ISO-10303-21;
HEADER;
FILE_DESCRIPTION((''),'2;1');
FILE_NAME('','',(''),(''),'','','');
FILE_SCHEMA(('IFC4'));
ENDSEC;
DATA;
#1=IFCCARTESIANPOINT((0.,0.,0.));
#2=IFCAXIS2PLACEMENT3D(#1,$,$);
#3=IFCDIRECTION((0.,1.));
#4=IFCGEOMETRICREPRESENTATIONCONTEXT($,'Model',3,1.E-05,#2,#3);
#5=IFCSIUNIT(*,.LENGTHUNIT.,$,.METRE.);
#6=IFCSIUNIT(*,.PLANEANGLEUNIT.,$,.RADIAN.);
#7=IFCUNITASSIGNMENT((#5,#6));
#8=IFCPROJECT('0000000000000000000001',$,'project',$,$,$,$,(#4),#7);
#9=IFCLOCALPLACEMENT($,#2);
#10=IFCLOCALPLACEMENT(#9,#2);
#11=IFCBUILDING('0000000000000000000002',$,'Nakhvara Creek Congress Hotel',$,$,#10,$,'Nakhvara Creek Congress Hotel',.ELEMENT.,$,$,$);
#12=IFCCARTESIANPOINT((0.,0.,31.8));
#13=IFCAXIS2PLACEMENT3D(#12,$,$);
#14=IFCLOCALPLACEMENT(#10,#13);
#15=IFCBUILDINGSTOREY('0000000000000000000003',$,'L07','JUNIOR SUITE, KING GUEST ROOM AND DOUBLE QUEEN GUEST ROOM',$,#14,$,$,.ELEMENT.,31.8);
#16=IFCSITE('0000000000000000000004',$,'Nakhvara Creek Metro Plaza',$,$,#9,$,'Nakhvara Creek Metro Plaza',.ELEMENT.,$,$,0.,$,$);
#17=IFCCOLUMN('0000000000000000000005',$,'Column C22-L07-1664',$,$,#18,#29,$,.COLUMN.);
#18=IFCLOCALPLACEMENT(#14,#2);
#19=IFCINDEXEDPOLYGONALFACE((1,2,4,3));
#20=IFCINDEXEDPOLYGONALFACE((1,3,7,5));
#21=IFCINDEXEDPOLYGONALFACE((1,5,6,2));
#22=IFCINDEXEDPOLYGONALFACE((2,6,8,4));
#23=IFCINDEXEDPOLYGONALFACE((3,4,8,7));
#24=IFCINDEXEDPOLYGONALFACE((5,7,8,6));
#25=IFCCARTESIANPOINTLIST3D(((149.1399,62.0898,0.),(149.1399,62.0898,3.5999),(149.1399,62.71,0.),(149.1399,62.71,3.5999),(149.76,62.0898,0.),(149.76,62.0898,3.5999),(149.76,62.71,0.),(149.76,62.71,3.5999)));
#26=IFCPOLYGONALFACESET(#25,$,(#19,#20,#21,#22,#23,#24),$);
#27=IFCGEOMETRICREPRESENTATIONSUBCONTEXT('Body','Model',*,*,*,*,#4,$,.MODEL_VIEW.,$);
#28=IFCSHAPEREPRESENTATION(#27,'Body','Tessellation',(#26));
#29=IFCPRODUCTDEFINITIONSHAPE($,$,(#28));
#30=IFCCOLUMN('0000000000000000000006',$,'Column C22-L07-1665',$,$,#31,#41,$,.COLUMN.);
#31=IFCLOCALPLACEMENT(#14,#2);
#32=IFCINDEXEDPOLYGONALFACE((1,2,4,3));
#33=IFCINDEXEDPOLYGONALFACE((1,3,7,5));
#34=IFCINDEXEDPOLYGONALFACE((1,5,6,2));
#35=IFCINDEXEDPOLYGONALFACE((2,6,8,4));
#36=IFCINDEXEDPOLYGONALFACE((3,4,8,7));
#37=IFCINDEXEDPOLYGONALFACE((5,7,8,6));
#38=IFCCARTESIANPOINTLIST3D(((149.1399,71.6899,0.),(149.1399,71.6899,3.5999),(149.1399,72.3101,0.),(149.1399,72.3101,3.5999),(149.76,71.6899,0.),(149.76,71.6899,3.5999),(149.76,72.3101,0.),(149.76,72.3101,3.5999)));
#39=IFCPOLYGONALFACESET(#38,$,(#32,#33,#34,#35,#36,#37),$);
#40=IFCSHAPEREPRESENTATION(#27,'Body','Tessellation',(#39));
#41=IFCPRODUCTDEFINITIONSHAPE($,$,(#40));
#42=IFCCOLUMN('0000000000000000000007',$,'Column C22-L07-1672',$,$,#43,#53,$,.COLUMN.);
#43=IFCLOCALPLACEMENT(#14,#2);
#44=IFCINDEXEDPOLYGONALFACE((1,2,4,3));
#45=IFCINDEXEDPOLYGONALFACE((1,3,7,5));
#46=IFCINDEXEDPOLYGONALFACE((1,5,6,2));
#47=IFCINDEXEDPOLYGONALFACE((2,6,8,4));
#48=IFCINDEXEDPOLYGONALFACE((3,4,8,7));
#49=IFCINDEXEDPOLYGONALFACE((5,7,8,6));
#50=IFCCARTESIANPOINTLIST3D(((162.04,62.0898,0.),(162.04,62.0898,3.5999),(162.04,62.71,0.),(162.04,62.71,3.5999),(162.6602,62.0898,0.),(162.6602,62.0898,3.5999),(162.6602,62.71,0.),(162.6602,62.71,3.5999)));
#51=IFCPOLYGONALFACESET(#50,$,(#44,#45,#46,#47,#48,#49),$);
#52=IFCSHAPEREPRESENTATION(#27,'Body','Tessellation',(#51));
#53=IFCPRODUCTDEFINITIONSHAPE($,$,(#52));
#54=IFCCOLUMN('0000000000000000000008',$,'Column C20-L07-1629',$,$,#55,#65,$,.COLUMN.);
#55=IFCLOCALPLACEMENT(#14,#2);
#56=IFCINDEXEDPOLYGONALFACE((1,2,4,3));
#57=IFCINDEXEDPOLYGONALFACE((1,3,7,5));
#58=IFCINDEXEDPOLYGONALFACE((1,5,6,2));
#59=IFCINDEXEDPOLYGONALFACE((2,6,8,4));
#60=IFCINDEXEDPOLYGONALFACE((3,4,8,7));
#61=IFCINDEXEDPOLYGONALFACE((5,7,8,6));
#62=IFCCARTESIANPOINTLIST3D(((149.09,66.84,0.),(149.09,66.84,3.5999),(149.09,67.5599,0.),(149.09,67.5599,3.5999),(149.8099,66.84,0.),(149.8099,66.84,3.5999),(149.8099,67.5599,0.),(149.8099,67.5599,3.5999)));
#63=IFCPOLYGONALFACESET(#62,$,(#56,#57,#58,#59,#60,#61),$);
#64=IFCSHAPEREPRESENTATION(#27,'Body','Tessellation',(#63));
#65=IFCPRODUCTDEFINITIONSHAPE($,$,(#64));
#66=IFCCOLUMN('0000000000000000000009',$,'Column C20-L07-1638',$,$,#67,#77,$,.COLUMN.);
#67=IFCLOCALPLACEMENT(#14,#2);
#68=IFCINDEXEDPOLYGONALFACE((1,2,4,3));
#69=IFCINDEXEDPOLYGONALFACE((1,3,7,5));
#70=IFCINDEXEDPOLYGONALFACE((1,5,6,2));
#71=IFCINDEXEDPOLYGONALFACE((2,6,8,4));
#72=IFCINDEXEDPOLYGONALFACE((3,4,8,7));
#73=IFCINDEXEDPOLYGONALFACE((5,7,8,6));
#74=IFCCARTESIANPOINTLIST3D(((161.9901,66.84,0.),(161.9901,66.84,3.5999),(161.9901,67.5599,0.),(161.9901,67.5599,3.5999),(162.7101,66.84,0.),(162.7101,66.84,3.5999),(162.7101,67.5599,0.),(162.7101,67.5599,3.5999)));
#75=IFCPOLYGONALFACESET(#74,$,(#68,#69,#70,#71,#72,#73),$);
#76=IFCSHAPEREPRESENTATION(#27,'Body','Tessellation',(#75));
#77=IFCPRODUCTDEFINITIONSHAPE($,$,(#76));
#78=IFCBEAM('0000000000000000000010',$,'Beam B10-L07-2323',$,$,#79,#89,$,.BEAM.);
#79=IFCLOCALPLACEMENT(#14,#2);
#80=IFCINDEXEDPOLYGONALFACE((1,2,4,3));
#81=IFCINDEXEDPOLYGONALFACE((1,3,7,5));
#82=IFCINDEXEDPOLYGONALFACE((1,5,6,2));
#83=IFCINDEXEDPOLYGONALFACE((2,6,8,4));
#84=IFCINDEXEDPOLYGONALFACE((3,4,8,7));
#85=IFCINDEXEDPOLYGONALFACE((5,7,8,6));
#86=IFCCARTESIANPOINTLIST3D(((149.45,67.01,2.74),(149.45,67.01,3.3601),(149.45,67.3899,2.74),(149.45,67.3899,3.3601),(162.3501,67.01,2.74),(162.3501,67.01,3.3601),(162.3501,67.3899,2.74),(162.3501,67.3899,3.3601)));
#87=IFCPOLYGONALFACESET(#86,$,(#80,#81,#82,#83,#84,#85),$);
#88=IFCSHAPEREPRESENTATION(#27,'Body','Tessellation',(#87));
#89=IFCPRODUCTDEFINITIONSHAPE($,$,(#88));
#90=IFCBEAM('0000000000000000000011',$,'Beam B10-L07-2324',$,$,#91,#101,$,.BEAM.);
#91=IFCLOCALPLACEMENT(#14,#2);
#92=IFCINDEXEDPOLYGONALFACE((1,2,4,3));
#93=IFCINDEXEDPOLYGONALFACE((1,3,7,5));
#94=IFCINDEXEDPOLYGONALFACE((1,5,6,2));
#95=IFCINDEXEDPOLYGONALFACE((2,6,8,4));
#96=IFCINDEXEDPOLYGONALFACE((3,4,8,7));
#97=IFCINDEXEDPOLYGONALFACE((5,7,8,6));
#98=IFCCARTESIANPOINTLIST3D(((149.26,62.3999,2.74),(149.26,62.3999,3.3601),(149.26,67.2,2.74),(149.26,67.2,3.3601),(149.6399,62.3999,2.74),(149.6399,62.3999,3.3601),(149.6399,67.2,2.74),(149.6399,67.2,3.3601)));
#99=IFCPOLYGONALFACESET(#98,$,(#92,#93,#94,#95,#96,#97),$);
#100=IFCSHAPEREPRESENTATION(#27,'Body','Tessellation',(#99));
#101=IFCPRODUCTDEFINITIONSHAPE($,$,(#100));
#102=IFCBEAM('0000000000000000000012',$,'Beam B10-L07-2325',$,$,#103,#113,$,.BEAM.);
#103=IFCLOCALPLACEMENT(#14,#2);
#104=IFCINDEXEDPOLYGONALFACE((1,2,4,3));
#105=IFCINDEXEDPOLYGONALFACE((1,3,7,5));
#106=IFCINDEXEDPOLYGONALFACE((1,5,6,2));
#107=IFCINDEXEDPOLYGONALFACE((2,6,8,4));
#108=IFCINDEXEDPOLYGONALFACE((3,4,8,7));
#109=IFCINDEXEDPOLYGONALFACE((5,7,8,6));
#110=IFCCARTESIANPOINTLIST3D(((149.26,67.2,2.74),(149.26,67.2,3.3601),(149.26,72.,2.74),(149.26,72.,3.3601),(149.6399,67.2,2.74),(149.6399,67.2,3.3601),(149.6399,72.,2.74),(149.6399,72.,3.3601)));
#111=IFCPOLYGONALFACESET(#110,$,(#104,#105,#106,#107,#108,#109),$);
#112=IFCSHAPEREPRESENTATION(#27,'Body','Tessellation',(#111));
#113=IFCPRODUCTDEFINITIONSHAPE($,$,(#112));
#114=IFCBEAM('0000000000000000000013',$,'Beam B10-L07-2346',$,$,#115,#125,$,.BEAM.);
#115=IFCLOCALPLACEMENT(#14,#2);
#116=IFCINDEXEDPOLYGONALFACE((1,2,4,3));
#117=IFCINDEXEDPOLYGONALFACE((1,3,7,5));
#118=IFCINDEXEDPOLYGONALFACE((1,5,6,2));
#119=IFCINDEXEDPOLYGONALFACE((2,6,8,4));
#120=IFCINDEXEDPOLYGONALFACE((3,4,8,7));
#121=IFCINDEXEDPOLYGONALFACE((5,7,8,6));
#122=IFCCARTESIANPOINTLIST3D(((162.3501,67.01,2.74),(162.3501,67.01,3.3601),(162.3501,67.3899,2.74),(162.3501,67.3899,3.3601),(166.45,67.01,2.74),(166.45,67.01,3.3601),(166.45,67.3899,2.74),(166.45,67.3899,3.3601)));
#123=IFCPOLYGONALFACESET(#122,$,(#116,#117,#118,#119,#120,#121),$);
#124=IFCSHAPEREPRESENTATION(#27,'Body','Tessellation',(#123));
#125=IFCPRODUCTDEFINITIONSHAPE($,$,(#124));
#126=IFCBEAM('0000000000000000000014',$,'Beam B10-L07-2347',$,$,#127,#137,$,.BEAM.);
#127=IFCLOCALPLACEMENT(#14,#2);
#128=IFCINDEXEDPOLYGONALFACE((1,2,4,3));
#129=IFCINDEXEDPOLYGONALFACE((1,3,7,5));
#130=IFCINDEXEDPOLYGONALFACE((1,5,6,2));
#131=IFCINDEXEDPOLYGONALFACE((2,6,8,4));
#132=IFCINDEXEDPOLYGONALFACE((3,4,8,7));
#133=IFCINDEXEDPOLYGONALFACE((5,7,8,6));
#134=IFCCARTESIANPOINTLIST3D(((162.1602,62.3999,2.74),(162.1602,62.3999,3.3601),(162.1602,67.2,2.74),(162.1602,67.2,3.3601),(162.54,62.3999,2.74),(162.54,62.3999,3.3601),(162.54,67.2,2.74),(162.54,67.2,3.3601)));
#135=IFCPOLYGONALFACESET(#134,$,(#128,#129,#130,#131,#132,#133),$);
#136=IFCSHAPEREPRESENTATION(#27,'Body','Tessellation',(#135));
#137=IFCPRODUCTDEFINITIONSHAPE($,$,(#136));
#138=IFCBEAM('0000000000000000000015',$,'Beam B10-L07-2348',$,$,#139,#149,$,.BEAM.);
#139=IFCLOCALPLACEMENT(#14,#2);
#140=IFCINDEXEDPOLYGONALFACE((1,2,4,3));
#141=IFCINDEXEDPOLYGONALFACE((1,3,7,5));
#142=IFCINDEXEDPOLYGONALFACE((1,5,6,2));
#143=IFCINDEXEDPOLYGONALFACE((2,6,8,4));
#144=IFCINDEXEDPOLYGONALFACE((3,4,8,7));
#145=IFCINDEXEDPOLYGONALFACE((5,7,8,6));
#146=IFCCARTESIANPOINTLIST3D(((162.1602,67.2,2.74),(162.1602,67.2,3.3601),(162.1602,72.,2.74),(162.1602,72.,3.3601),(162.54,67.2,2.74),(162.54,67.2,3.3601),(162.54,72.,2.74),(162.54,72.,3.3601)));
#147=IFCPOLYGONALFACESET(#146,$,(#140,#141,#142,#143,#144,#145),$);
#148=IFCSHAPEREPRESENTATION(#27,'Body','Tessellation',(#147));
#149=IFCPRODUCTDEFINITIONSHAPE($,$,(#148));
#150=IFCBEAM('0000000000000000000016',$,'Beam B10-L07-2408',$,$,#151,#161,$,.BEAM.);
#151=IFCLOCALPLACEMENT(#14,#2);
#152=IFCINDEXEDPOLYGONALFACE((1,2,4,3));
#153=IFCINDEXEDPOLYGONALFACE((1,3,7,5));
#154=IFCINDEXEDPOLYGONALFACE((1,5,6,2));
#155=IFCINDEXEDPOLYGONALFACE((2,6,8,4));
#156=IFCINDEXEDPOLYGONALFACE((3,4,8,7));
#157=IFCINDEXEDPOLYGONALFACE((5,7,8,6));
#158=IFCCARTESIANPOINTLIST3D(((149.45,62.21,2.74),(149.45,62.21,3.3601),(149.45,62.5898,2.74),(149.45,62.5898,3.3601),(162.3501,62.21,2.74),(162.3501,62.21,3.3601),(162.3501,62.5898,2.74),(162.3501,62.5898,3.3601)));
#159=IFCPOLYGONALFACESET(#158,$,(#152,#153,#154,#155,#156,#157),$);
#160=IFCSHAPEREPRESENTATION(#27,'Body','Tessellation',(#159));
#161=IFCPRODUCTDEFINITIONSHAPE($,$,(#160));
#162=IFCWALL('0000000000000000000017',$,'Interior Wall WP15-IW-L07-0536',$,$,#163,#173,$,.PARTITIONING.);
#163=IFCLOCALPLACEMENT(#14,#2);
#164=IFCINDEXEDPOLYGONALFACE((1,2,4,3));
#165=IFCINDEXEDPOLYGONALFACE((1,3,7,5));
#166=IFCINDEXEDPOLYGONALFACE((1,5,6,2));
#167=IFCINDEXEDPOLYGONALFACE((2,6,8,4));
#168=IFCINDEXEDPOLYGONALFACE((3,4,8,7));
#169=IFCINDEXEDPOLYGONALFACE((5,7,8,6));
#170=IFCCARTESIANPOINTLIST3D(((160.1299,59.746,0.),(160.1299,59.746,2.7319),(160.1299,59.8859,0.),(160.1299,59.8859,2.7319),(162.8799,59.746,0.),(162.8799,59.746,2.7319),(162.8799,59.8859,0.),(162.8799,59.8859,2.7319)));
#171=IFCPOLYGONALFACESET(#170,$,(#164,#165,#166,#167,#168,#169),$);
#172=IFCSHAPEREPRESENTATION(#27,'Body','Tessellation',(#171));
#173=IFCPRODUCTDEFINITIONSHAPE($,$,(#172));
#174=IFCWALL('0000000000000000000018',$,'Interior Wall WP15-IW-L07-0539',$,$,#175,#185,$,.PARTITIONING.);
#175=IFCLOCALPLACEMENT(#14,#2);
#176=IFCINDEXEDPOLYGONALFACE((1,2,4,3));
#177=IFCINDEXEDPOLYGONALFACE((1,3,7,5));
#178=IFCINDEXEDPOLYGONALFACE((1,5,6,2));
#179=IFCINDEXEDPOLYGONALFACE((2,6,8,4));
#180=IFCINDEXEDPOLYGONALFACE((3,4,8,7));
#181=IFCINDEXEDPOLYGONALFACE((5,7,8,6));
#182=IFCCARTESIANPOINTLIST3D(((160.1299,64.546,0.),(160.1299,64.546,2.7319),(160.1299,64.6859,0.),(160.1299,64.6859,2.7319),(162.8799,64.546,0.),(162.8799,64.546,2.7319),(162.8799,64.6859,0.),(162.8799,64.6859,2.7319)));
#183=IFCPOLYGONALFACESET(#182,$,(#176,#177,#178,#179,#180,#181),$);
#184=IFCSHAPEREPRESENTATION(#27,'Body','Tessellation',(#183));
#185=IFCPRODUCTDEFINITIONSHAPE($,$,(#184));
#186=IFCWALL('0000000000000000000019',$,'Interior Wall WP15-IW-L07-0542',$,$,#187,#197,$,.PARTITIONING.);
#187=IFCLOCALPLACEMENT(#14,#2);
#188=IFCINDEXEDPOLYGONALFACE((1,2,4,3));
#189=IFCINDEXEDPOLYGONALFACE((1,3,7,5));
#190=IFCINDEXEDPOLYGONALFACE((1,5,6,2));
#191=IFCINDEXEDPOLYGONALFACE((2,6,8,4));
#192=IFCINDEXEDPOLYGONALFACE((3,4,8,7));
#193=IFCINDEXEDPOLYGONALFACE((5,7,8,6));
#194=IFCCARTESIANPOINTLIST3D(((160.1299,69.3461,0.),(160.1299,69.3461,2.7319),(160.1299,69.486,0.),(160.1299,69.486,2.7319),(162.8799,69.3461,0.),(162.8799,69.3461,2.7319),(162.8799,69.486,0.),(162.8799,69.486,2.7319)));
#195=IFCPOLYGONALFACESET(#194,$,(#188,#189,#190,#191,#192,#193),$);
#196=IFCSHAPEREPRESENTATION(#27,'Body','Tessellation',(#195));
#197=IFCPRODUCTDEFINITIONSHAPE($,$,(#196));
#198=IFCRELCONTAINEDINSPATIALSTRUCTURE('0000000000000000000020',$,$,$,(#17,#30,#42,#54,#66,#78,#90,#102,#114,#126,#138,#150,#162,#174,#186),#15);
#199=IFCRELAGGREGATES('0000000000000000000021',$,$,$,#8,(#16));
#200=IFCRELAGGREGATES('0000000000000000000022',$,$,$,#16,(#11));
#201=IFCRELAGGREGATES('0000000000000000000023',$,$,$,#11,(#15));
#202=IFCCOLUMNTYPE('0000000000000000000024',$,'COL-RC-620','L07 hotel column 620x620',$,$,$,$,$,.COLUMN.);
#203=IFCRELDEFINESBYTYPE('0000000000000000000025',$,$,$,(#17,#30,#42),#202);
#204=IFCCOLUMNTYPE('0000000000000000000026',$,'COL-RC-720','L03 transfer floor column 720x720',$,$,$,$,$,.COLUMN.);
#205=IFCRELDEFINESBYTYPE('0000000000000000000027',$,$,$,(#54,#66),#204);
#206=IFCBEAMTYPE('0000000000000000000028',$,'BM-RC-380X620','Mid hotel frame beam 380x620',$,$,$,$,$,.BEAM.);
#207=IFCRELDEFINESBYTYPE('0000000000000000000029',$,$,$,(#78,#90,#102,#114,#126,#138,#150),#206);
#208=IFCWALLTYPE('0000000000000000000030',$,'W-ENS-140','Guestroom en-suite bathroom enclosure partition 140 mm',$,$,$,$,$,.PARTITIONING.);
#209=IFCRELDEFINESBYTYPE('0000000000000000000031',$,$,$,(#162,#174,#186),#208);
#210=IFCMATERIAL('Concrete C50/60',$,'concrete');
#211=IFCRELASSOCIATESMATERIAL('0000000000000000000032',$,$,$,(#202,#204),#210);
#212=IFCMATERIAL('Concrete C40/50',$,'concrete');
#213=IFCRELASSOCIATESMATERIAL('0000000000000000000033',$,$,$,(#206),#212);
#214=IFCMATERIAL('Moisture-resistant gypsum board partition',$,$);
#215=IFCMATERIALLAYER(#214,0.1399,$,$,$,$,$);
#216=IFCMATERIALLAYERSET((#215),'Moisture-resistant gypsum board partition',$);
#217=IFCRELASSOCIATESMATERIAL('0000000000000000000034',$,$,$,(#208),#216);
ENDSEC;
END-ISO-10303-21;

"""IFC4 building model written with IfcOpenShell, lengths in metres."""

from ifc_helpers import new_model, si_unit, direction, frame, frame_2d, origin, origin_2d, place, context, subcontext, project, spatial, rectangle, extrude, material, layer, layer_set, material_profile, profile_set, type_object, element, save


model = new_model("IFC4")

# Units and contexts
model_context = context("Model", 3, precision=1e-05, world=origin(), true_north=direction((0.0, 1.0)))
body_context = subcontext(model_context, "Body", "Model", "MODEL_VIEW")
ifc_project = project(units=[si_unit("LENGTHUNIT", "METRE"), si_unit("PLANEANGLEUNIT", "RADIAN")], contexts=[model_context])

# Site, building, storey
site_placement = place(None, origin())
site = spatial("IfcSite", under=ifc_project, at=site_placement, Name="Nakhvara Creek Metro Plaza", LongName="Nakhvara Creek Metro Plaza", CompositionType="ELEMENT", RefElevation=0.0)
building_placement = place(site_placement, origin())
building = spatial("IfcBuilding", under=site, at=building_placement, Name="Nakhvara Creek Congress Hotel", LongName="Nakhvara Creek Congress Hotel", CompositionType="ELEMENT")
storey_placement = place(building_placement, frame((0.0, 0.0, 31.8)))
storey = spatial("IfcBuildingStorey", under=building, at=storey_placement, Name="L07", Description="JUNIOR SUITE, KING GUEST ROOM AND DOUBLE QUEEN GUEST ROOM", CompositionType="ELEMENT", Elevation=31.8)

# Columns
ifc_material_1 = material(Name="Concrete C50/60", Category="concrete")
ifc_material_profile_1 = material_profile(ifc_material_1, rectangle(XDim=0.6201, YDim=0.6201, at=origin_2d()), Name="RC-COL 620x620", Category="LoadBearing")
ifc_profile_set_1 = profile_set([ifc_material_profile_1], Name="Concrete C50/60")
column_type_1 = type_object("IfcColumnType", Name="COL-RC-620", Description="L07 hotel column 620x620", PredefinedType="COLUMN", material=ifc_profile_set_1)
for number, where, z_axis, x_axis, name in (
    (1, (149.45, 62.3999, 0.0), (0.0, 0.0, 1.0), (1.0, 0.0, 0.0), "Column C22-L07-1664"),
    (2, (149.45, 72.0, 0.0), (0.0, 0.0, 1.0), (1.0, 0.0, 0.0), "Column C22-L07-1665"),
    (3, (162.3501, 62.3999, 0.0), (0.0, 0.0, 1.0), (1.0, 0.0, 0.0), "Column C22-L07-1672"),
):
    element("IfcColumn", number, at=place(storey_placement, frame(where, z_axis=z_axis, x_axis=x_axis)), inside=storey, type_object=column_type_1, Name=name, PredefinedType="COLUMN", context=body_context, shape_type="SweptSolid", body=[
        extrude(rectangle(XDim=0.6201, YDim=0.6201, at=origin_2d()), origin(), (0.0, 0.0, 1.0), 3.5999),
    ])
ifc_material_profile_2 = material_profile(ifc_material_1, rectangle(XDim=0.72, YDim=0.72, at=origin_2d()), Name="RC-COL 720x720", Category="LoadBearing")
ifc_profile_set_2 = profile_set([ifc_material_profile_2], Name="Concrete C50/60")
column_type_2 = type_object("IfcColumnType", Name="COL-RC-720", Description="L03 transfer floor column 720x720", PredefinedType="COLUMN", material=ifc_profile_set_2)
for number, where, z_axis, x_axis, name in (
    (4, (149.45, 67.2, 0.0), (0.0, 0.0, 1.0), (1.0, 0.0, 0.0), "Column C20-L07-1629"),
    (5, (162.3501, 67.2, 0.0), (0.0, 0.0, 1.0), (1.0, 0.0, 0.0), "Column C20-L07-1638"),
):
    element("IfcColumn", number, at=place(storey_placement, frame(where, z_axis=z_axis, x_axis=x_axis)), inside=storey, type_object=column_type_2, Name=name, PredefinedType="COLUMN", context=body_context, shape_type="SweptSolid", body=[
        extrude(rectangle(XDim=0.72, YDim=0.72, at=origin_2d()), origin(), (0.0, 0.0, 1.0), 3.5999),
    ])

# Beams
ifc_material_2 = material(Name="Concrete C40/50", Category="concrete")
ifc_material_profile_3 = material_profile(ifc_material_2, rectangle(XDim=0.3799, YDim=0.6201, at=origin_2d()), Name="RC-BM 380x620", Category="LoadBearing")
ifc_profile_set_3 = profile_set([ifc_material_profile_3], Name="Concrete C40/50")
beam_type = type_object("IfcBeamType", Name="BM-RC-380X620", Description="Mid hotel frame beam 380x620", PredefinedType="BEAM", material=ifc_profile_set_3)
beam_1_placement = place(storey_placement, frame((149.45, 67.2, 3.05), z_axis=(1.0, 0.0, 0.0), x_axis=(0.0, 1.0, 0.0)))
element("IfcBeam", 6, at=beam_1_placement, inside=storey, type_object=beam_type, Name="Beam B10-L07-2323", PredefinedType="BEAM", context=body_context, shape_type="SweptSolid", body=[
    extrude(rectangle(XDim=0.3799, YDim=0.6201, at=origin_2d()), origin(), (0.0, 0.0, 1.0), 12.9001),
])
for number, where, z_axis, x_axis, name in (
    (7, (149.45, 62.3999, 3.05), (0.0, 1.0, 0.0), (-1.0, 0.0, 0.0), "Beam B10-L07-2324"),
    (8, (149.45, 67.2, 3.05), (0.0, 1.0, 0.0), (-1.0, 0.0, 0.0), "Beam B10-L07-2325"),
):
    element("IfcBeam", number, at=place(storey_placement, frame(where, z_axis=z_axis, x_axis=x_axis)), inside=storey, type_object=beam_type, Name=name, PredefinedType="BEAM", context=body_context, shape_type="SweptSolid", body=[
        extrude(rectangle(XDim=0.3799, YDim=0.6201, at=origin_2d()), origin(), (0.0, 0.0, 1.0), 4.8),
    ])
beam_2_placement = place(storey_placement, frame((162.3501, 67.2, 3.05), z_axis=(1.0, 0.0, 0.0), x_axis=(0.0, 1.0, 0.0)))
element("IfcBeam", 9, at=beam_2_placement, inside=storey, type_object=beam_type, Name="Beam B10-L07-2346", PredefinedType="BEAM", context=body_context, shape_type="SweptSolid", body=[
    extrude(rectangle(XDim=0.3799, YDim=0.6201, at=origin_2d()), origin(), (0.0, 0.0, 1.0), 4.0999),
])
for number, where, z_axis, x_axis, name in (
    (10, (162.3501, 62.3999, 3.05), (0.0, 1.0, 0.0), (-1.0, 0.0, 0.0), "Beam B10-L07-2347"),
    (11, (162.3501, 67.2, 3.05), (0.0, 1.0, 0.0), (-1.0, 0.0, 0.0), "Beam B10-L07-2348"),
):
    element("IfcBeam", number, at=place(storey_placement, frame(where, z_axis=z_axis, x_axis=x_axis)), inside=storey, type_object=beam_type, Name=name, PredefinedType="BEAM", context=body_context, shape_type="SweptSolid", body=[
        extrude(rectangle(XDim=0.3799, YDim=0.6201, at=origin_2d()), origin(), (0.0, 0.0, 1.0), 4.8),
    ])
beam_3_placement = place(storey_placement, frame((149.45, 62.3999, 3.05), z_axis=(1.0, 0.0, 0.0), x_axis=(0.0, 1.0, 0.0)))
element("IfcBeam", 12, at=beam_3_placement, inside=storey, type_object=beam_type, Name="Beam B10-L07-2408", PredefinedType="BEAM", context=body_context, shape_type="SweptSolid", body=[
    extrude(rectangle(XDim=0.3799, YDim=0.6201, at=origin_2d()), origin(), (0.0, 0.0, 1.0), 12.9001),
])

# Wall
ifc_material_3 = material(Name="Moisture-resistant gypsum board partition")
ifc_layer_1 = layer(ifc_material_3, 0.1399)
ifc_layer_set_1 = layer_set([ifc_layer_1], Name="Moisture-resistant gypsum board partition")
wall_type_1 = type_object("IfcWallType", Name="W-ENS-140", Description="Guestroom en-suite bathroom enclosure partition 140 mm", PredefinedType="PARTITIONING", material=ifc_layer_set_1)
wall_1_placement = place(storey_placement, frame((160.1299, 59.8159, 0.0), z_axis=(0.0, 0.0, 1.0), x_axis=(1.0, 0.0, 0.0)))
element("IfcWall", 13, at=wall_1_placement, inside=storey, type_object=wall_type_1, Name="Interior Wall WP15-IW-L07-0536", PredefinedType="PARTITIONING", context=body_context, shape_type="SweptSolid", body=[
    extrude(rectangle(XDim=2.75, YDim=0.1399, at=frame_2d((1.375, 0.0))), origin(), (0.0, 0.0, 1.0), 2.7319),
])

# Wall
wall_2_placement = place(storey_placement, frame((160.1299, 64.616, 0.0), z_axis=(0.0, 0.0, 1.0), x_axis=(1.0, 0.0, 0.0)))
element("IfcWall", 14, at=wall_2_placement, inside=storey, type_object=wall_type_1, Name="Interior Wall WP15-IW-L07-0539", PredefinedType="PARTITIONING", context=body_context, shape_type="SweptSolid", body=[
    extrude(rectangle(XDim=2.75, YDim=0.1399, at=frame_2d((1.375, 0.0))), origin(), (0.0, 0.0, 1.0), 2.7319),
])

# Wall
wall_3_placement = place(storey_placement, frame((160.1299, 69.416, 0.0), z_axis=(0.0, 0.0, 1.0), x_axis=(1.0, 0.0, 0.0)))
element("IfcWall", 15, at=wall_3_placement, inside=storey, type_object=wall_type_1, Name="Interior Wall WP15-IW-L07-0542", PredefinedType="PARTITIONING", context=body_context, shape_type="SweptSolid", body=[
    extrude(rectangle(XDim=2.75, YDim=0.1399, at=frame_2d((1.375, 0.0))), origin(), (0.0, 0.0, 1.0), 2.7319),
])

save(model, "model.ifc")
